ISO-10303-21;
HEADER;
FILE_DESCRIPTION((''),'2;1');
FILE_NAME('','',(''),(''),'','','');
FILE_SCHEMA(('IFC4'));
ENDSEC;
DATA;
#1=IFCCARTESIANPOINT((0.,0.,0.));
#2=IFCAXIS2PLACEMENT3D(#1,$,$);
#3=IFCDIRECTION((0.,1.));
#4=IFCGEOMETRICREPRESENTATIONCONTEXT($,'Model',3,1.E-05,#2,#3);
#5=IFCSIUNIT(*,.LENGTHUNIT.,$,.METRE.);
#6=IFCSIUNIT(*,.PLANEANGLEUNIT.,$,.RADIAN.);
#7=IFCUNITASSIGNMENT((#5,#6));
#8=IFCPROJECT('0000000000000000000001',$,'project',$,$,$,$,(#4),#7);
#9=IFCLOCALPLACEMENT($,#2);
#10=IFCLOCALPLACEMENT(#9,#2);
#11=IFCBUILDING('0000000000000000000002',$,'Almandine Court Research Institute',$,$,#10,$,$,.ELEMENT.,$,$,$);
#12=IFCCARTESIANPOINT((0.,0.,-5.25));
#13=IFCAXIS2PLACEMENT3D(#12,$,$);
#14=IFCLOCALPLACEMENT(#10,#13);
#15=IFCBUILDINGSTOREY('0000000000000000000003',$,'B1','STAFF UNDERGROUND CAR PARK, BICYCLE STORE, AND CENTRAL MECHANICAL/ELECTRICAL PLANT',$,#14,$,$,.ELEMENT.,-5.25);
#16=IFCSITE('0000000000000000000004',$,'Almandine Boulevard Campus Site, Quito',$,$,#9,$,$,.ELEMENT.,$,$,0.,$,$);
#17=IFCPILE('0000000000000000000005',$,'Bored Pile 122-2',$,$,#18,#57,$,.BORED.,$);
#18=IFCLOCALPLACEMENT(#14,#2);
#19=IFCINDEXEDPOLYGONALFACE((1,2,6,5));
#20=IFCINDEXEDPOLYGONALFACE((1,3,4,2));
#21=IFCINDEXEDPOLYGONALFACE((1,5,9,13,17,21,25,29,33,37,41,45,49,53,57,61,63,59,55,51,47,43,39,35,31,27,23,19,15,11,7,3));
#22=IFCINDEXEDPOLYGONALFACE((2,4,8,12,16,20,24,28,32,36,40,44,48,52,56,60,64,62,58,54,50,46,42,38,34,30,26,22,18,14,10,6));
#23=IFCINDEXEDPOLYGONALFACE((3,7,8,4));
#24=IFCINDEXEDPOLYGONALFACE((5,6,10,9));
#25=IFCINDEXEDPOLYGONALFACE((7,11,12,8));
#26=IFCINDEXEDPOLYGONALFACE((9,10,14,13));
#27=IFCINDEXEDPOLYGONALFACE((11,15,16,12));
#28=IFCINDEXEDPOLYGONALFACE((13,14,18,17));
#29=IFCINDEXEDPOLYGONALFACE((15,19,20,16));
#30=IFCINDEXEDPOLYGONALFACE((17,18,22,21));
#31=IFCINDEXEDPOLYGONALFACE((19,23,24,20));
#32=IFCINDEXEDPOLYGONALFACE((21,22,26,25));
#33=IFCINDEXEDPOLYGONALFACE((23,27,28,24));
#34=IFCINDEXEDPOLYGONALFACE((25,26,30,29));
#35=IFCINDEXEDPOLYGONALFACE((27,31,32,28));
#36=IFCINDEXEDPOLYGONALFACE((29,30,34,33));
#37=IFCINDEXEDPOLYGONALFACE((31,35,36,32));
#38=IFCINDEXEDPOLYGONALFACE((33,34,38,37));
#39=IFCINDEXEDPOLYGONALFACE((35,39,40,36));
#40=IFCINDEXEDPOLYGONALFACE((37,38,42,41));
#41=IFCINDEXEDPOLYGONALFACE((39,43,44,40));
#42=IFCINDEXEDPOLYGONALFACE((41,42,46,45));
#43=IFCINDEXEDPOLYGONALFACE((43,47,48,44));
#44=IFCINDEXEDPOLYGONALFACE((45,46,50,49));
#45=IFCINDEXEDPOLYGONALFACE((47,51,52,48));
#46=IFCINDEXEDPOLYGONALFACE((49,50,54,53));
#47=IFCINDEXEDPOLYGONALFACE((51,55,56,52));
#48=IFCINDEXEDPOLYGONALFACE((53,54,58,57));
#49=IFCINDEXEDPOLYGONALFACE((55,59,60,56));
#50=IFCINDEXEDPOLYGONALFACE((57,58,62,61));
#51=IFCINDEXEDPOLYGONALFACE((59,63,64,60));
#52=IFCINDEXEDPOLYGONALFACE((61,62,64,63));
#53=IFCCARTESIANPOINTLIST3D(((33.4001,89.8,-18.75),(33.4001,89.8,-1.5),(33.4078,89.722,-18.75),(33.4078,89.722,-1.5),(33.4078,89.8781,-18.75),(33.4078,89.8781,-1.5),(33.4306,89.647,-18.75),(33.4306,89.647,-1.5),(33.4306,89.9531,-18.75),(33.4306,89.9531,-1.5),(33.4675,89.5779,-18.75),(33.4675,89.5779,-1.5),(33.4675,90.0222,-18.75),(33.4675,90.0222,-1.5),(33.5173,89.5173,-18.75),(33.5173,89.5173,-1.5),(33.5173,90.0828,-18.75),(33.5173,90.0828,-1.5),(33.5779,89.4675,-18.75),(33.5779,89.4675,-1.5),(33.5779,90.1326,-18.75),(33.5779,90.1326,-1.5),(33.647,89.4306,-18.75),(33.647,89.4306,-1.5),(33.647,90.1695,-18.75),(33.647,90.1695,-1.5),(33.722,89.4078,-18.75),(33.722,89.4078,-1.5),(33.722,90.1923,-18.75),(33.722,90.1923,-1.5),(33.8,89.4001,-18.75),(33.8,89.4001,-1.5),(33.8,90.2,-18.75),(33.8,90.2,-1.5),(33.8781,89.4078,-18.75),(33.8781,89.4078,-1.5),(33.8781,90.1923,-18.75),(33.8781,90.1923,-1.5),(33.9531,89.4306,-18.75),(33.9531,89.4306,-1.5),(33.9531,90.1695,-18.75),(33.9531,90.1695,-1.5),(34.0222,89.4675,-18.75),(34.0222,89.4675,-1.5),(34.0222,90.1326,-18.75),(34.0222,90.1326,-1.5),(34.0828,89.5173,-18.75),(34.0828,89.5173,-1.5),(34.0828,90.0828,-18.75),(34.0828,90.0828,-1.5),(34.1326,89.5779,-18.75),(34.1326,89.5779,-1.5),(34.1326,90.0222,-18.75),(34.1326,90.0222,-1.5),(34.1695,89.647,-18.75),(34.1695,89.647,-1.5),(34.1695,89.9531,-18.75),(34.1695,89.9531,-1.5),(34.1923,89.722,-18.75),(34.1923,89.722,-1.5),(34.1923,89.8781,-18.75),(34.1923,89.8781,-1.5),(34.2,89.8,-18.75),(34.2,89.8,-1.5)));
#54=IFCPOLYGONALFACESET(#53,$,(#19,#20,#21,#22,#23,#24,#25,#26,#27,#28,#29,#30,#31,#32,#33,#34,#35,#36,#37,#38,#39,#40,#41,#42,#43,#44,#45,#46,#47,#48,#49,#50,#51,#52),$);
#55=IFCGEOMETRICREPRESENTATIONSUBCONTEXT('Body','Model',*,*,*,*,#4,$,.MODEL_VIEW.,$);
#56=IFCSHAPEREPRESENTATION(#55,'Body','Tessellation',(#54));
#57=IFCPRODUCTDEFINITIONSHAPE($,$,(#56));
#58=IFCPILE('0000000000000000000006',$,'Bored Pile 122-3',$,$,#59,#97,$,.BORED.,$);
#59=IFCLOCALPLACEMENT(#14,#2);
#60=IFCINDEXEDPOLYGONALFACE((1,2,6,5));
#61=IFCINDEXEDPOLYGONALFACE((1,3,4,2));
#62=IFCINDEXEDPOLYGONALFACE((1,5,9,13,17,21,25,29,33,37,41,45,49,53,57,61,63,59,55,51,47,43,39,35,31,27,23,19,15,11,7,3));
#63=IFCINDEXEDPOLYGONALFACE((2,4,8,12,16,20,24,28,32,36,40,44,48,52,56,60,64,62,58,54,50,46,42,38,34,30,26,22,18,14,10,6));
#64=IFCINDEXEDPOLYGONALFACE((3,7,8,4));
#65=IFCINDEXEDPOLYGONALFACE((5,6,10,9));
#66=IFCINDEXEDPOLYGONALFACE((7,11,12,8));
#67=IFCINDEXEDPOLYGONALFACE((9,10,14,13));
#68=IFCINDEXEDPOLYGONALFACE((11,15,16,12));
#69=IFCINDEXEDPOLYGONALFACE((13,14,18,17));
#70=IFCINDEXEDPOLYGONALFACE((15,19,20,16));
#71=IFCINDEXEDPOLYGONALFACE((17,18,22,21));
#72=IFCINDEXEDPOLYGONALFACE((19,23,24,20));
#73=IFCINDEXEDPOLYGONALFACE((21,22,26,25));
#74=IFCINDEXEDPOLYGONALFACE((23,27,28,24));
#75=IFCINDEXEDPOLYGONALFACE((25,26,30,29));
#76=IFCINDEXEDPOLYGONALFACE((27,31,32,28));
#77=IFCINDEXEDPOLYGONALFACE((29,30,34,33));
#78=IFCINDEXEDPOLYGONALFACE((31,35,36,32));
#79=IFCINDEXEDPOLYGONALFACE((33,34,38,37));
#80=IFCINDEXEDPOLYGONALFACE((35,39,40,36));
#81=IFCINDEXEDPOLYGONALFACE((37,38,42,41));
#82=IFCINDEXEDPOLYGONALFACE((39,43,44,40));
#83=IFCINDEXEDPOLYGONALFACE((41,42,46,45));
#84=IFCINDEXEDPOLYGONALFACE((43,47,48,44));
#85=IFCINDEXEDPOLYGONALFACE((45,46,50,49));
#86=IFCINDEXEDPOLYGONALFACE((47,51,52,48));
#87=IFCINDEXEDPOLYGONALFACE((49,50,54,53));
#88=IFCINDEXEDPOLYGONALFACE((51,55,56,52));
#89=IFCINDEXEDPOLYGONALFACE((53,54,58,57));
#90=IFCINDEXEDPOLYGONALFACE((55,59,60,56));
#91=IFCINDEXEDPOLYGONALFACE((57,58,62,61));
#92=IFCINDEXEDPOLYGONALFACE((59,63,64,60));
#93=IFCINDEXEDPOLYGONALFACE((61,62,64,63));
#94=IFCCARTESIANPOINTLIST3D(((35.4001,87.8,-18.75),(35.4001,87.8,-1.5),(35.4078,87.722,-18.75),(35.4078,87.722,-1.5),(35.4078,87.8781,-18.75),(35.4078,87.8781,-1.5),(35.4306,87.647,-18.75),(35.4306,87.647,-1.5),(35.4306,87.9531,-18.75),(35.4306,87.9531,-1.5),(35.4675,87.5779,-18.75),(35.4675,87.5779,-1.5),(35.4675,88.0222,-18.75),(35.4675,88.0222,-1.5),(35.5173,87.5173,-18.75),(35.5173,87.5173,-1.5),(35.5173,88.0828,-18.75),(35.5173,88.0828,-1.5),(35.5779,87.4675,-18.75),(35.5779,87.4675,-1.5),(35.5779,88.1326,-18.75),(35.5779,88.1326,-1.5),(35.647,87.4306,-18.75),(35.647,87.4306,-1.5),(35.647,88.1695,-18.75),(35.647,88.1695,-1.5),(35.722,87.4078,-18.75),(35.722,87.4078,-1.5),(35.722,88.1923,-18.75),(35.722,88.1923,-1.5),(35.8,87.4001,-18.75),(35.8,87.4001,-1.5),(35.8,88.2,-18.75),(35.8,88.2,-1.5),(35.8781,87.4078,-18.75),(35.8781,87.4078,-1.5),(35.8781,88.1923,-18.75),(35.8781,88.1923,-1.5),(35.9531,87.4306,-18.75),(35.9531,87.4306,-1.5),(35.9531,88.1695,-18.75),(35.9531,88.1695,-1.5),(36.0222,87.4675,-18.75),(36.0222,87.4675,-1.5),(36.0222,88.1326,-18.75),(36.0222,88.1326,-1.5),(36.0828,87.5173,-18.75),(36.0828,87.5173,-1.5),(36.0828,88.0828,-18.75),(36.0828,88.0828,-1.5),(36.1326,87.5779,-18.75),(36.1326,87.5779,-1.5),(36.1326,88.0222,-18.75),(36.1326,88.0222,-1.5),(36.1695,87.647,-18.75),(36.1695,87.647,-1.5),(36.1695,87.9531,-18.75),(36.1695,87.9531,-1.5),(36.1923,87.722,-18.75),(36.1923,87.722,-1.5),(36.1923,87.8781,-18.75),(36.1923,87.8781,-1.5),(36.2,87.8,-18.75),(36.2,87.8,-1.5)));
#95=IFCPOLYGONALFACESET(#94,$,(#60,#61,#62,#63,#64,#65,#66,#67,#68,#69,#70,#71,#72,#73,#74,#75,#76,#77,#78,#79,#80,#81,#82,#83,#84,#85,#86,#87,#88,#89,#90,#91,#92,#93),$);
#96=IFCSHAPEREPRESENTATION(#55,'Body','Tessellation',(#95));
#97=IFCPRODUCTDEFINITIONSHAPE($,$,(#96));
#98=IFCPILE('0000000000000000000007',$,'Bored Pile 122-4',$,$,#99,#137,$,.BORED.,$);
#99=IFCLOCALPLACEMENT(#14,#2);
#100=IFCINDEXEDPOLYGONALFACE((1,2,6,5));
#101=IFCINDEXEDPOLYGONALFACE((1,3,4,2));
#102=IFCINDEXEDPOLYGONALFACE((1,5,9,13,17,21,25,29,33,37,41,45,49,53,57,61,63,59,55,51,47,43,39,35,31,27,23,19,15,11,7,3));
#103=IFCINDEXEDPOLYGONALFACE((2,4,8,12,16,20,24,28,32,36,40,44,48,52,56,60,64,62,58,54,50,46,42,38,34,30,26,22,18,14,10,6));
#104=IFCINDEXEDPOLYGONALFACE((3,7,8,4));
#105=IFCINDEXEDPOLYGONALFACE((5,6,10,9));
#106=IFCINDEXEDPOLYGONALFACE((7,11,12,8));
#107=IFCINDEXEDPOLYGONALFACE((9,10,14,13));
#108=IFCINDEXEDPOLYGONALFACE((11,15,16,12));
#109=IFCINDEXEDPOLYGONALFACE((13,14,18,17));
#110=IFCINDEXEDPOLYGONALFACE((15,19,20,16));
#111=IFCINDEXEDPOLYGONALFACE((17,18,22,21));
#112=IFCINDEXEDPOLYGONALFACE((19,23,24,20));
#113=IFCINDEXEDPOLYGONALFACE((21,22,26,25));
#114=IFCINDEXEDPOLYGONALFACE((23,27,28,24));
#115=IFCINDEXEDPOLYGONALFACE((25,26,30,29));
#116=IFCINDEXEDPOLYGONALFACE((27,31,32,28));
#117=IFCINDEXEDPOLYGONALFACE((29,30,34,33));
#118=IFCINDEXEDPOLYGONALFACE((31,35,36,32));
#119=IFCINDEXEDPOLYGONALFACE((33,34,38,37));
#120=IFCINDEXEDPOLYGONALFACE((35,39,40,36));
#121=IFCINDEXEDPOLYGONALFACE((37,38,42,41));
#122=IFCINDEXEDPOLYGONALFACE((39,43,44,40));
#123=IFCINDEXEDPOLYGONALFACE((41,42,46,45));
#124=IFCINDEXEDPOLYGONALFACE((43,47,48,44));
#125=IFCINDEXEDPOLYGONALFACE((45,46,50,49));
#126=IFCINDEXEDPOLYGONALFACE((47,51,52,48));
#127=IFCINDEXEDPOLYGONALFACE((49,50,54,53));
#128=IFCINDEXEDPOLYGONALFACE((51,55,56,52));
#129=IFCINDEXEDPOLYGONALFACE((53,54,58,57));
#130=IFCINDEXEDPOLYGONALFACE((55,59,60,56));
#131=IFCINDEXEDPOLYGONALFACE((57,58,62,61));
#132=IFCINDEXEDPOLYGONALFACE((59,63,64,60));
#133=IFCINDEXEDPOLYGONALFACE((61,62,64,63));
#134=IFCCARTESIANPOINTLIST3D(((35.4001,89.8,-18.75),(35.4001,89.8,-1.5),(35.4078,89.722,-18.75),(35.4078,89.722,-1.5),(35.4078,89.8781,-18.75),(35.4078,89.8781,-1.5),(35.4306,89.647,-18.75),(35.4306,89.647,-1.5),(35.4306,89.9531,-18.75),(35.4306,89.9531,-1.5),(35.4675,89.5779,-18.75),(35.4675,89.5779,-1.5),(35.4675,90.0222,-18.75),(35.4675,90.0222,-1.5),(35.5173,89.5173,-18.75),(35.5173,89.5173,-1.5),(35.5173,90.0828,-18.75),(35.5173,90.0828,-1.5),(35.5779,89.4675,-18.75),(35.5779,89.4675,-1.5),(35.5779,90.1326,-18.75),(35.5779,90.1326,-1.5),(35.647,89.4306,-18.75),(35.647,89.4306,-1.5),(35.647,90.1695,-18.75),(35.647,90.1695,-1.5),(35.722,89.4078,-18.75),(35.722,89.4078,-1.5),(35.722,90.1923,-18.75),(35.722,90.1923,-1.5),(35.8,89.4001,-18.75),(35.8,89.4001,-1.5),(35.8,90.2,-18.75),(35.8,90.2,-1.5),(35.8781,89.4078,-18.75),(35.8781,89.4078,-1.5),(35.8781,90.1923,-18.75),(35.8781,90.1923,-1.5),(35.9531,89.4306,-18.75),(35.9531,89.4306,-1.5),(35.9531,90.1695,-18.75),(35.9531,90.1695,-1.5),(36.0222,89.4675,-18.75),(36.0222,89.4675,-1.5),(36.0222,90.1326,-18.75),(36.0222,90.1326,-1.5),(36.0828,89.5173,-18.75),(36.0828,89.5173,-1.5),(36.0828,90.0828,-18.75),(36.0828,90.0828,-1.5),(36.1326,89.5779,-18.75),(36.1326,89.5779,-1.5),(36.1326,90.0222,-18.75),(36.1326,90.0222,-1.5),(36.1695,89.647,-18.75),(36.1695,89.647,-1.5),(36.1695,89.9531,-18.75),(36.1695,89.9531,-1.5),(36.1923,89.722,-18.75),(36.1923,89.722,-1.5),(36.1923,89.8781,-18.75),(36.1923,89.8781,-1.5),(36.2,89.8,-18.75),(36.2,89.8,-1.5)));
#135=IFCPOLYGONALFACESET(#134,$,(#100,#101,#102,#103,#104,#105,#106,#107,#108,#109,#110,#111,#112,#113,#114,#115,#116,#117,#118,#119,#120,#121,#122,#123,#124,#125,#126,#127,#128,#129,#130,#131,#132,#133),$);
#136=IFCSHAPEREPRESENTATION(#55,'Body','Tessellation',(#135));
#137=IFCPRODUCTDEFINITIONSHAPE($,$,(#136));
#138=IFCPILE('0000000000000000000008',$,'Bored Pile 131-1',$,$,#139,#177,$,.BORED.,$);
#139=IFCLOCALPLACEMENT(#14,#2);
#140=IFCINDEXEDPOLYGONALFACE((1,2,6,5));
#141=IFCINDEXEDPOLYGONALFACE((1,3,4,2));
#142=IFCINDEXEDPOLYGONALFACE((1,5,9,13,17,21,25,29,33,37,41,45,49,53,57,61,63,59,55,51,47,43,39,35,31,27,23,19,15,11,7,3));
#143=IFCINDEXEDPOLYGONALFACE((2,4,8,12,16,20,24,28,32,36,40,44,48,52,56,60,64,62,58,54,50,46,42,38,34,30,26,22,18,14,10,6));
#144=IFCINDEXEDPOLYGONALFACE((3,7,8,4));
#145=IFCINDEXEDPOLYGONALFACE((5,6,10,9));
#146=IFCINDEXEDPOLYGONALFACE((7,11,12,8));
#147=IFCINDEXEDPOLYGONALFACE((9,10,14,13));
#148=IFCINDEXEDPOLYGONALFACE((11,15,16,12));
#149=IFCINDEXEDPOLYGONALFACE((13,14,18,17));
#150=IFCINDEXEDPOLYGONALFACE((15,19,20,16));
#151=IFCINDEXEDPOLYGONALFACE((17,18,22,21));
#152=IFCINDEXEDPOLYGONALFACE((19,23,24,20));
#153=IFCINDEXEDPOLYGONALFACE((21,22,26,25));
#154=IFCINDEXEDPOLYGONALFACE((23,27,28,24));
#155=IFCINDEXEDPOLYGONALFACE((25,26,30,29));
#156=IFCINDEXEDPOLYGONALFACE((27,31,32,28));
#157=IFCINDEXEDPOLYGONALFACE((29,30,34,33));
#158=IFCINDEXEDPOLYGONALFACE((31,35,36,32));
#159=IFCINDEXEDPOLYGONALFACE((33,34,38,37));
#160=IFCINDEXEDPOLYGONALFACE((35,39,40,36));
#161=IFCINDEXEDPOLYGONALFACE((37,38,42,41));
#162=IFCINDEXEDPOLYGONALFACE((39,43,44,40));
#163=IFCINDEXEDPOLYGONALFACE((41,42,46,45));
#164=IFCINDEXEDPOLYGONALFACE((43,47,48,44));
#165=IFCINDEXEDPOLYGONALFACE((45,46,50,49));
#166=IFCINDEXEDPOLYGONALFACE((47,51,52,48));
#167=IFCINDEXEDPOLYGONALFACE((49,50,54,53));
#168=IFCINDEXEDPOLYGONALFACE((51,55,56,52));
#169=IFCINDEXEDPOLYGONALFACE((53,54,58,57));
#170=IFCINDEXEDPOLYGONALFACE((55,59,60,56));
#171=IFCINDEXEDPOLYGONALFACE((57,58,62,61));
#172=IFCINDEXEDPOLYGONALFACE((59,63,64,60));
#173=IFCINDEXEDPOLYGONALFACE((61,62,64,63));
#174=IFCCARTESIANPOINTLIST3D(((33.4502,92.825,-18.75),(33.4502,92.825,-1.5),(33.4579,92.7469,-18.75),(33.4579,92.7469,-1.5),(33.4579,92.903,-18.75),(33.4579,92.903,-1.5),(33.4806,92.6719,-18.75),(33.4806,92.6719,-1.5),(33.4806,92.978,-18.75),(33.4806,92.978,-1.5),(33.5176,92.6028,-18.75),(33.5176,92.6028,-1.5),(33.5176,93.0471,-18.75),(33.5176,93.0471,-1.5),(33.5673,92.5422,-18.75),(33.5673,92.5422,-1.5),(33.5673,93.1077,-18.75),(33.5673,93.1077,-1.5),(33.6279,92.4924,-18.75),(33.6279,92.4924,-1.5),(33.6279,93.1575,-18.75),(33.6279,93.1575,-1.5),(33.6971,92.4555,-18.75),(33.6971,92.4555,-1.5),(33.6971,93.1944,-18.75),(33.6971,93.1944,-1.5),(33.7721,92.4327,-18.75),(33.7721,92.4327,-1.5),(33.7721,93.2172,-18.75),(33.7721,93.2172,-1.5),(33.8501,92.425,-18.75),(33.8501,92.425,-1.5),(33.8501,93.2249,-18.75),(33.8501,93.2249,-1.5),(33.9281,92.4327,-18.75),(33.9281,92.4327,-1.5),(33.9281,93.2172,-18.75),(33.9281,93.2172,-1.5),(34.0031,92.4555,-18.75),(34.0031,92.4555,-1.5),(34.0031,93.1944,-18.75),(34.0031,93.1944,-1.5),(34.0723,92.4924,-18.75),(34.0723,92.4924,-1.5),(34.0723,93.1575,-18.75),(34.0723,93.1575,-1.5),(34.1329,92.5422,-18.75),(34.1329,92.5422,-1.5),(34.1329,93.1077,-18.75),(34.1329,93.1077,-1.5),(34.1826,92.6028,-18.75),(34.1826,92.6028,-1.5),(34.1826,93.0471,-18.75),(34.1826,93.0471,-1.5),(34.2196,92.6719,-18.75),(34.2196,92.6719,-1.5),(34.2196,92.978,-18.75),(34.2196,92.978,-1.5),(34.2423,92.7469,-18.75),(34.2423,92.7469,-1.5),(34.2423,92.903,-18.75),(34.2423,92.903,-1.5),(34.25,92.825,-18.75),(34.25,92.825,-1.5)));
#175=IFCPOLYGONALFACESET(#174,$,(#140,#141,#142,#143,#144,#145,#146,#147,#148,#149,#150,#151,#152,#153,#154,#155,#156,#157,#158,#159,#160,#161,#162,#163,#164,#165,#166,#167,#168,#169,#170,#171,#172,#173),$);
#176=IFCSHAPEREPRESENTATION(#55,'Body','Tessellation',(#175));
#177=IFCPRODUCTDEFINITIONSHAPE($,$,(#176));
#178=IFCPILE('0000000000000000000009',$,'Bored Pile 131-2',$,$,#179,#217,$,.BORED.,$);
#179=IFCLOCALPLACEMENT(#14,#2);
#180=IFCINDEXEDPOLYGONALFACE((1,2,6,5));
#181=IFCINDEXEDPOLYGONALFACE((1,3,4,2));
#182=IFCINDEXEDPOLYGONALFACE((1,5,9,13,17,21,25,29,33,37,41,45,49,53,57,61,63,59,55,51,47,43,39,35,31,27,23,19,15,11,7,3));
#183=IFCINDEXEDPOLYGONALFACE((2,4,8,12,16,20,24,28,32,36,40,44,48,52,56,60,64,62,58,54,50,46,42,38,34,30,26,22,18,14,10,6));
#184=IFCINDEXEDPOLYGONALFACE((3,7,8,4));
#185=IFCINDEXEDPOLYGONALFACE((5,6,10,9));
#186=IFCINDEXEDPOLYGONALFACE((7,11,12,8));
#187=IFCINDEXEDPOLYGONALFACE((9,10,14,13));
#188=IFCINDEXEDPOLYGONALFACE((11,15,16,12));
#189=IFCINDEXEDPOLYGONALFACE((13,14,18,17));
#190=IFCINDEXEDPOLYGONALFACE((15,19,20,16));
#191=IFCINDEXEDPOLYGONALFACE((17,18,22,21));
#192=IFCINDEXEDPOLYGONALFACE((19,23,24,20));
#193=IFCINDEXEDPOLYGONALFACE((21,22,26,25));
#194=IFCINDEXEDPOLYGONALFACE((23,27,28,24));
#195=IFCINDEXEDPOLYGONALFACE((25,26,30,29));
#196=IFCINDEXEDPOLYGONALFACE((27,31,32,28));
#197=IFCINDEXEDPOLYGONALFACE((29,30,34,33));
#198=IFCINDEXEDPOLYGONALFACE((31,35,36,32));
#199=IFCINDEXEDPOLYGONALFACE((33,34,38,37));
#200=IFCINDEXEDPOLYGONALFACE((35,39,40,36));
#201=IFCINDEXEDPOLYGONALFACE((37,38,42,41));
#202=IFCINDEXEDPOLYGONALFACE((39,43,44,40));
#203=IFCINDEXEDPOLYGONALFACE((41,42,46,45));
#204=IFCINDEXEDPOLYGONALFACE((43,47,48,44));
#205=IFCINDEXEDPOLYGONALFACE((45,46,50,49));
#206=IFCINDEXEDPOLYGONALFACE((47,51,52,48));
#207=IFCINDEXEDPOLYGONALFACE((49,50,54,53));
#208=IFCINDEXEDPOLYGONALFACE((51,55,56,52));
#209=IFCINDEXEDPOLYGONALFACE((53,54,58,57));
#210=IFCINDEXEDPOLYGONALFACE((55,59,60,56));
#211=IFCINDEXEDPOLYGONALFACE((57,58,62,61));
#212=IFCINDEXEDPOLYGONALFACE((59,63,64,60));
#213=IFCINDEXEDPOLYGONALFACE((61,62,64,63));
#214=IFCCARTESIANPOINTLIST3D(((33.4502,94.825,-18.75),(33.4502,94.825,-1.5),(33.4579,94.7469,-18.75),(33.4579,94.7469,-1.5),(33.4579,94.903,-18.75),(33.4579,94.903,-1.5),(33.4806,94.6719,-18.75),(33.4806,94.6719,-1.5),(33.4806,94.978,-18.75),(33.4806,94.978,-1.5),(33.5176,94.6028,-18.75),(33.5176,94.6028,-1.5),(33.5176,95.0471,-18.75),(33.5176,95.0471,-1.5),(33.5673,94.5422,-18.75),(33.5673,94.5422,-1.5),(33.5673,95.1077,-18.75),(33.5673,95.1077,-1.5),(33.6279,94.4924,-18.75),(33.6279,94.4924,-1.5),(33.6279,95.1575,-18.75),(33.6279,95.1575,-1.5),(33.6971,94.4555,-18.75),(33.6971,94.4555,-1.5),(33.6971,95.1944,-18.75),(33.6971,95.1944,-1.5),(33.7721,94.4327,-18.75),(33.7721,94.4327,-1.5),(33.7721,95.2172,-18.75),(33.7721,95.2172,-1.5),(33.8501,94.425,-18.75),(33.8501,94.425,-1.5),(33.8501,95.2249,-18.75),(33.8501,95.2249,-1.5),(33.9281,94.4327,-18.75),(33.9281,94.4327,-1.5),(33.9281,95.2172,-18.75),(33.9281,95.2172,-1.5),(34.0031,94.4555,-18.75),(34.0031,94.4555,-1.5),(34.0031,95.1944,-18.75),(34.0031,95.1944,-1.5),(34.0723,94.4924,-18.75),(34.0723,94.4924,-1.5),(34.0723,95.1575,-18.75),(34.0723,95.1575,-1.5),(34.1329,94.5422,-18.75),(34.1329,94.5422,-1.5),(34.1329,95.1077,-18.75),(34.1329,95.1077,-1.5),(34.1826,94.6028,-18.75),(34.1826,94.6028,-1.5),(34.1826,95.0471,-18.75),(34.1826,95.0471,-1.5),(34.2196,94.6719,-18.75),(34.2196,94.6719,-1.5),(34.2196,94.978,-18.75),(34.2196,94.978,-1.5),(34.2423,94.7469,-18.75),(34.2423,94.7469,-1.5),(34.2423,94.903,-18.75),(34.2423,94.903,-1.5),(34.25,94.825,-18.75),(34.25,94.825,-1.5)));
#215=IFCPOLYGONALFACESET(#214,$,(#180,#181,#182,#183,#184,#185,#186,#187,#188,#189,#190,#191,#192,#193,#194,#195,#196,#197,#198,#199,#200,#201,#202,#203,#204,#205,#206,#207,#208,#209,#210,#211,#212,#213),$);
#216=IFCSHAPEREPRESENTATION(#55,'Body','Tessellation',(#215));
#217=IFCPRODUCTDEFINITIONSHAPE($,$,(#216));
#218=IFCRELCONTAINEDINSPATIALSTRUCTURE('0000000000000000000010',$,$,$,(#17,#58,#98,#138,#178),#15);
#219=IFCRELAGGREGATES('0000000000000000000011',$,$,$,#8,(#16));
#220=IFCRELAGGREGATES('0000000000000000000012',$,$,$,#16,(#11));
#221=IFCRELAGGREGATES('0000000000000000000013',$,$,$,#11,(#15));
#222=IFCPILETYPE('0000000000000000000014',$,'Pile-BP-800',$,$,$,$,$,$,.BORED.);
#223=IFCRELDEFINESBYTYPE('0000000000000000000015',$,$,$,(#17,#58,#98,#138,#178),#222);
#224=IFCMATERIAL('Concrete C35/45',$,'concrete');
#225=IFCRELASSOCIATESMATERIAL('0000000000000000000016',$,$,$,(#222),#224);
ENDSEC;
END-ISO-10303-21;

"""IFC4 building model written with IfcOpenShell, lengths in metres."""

from ifc_helpers import new_model, si_unit, direction, frame, origin, origin_2d, place, context, subcontext, project, spatial, circle, extrude, material, material_profile, profile_set, type_object, element, save


model = new_model("IFC4")

# Units and contexts
model_context = context("Model", 3, precision=1e-05, world=origin(), true_north=direction((0.0, 1.0)))
body_context = subcontext(model_context, "Body", "Model", "MODEL_VIEW")
ifc_project = project(units=[si_unit("LENGTHUNIT", "METRE"), si_unit("PLANEANGLEUNIT", "RADIAN")], contexts=[model_context])

# Site, building, storey
site_placement = place(None, origin())
site = spatial("IfcSite", under=ifc_project, at=site_placement, Name="Almandine Boulevard Campus Site, Quito", CompositionType="ELEMENT", RefElevation=0.0)
building_placement = place(site_placement, origin())
building = spatial("IfcBuilding", under=site, at=building_placement, Name="Almandine Court Research Institute", CompositionType="ELEMENT")
storey_placement = place(building_placement, frame((0.0, 0.0, -5.25)))
storey = spatial("IfcBuildingStorey", under=building, at=storey_placement, Name="B1", Description="STAFF UNDERGROUND CAR PARK, BICYCLE STORE, AND CENTRAL MECHANICAL/ELECTRICAL PLANT", CompositionType="ELEMENT", Elevation=-5.25)

# Shared definitions
ifc_material_1 = material(Name="Concrete C35/45", Category="concrete")

# Piles
ifc_material_profile_1 = material_profile(ifc_material_1, circle(Radius=0.3999, at=origin_2d()), Name="BORED PILE D800")
ifc_profile_set_1 = profile_set([ifc_material_profile_1], Name="Concrete C35/45")
pile_type = type_object("IfcPileType", Name="Pile-BP-800", PredefinedType="BORED", material=ifc_profile_set_1)
for number, where, z_axis, x_axis, name in (
    (1, (33.8, 89.8, -1.5), (0.0, 0.0, -1.0), (1.0, 0.0, 0.0), "Bored Pile 122-2"),
    (2, (35.8, 87.8, -1.5), (0.0, 0.0, -1.0), (1.0, 0.0, 0.0), "Bored Pile 122-3"),
    (3, (35.8, 89.8, -1.5), (0.0, 0.0, -1.0), (1.0, 0.0, 0.0), "Bored Pile 122-4"),
    (4, (33.8501, 92.825, -1.5), (0.0, 0.0, -1.0), (1.0, 0.0, 0.0), "Bored Pile 131-1"),
    (5, (33.8501, 94.825, -1.5), (0.0, 0.0, -1.0), (1.0, 0.0, 0.0), "Bored Pile 131-2"),
):
    element("IfcPile", number, at=place(storey_placement, frame(where, z_axis=z_axis, x_axis=x_axis)), inside=storey, type_object=pile_type, Name=name, PredefinedType="BORED", context=body_context, shape_type="SweptSolid", body=[
        extrude(circle(Radius=0.3999, at=origin_2d()), origin(), (0.0, 0.0, 1.0), 17.25),
    ])

save(model, "model.ifc")
